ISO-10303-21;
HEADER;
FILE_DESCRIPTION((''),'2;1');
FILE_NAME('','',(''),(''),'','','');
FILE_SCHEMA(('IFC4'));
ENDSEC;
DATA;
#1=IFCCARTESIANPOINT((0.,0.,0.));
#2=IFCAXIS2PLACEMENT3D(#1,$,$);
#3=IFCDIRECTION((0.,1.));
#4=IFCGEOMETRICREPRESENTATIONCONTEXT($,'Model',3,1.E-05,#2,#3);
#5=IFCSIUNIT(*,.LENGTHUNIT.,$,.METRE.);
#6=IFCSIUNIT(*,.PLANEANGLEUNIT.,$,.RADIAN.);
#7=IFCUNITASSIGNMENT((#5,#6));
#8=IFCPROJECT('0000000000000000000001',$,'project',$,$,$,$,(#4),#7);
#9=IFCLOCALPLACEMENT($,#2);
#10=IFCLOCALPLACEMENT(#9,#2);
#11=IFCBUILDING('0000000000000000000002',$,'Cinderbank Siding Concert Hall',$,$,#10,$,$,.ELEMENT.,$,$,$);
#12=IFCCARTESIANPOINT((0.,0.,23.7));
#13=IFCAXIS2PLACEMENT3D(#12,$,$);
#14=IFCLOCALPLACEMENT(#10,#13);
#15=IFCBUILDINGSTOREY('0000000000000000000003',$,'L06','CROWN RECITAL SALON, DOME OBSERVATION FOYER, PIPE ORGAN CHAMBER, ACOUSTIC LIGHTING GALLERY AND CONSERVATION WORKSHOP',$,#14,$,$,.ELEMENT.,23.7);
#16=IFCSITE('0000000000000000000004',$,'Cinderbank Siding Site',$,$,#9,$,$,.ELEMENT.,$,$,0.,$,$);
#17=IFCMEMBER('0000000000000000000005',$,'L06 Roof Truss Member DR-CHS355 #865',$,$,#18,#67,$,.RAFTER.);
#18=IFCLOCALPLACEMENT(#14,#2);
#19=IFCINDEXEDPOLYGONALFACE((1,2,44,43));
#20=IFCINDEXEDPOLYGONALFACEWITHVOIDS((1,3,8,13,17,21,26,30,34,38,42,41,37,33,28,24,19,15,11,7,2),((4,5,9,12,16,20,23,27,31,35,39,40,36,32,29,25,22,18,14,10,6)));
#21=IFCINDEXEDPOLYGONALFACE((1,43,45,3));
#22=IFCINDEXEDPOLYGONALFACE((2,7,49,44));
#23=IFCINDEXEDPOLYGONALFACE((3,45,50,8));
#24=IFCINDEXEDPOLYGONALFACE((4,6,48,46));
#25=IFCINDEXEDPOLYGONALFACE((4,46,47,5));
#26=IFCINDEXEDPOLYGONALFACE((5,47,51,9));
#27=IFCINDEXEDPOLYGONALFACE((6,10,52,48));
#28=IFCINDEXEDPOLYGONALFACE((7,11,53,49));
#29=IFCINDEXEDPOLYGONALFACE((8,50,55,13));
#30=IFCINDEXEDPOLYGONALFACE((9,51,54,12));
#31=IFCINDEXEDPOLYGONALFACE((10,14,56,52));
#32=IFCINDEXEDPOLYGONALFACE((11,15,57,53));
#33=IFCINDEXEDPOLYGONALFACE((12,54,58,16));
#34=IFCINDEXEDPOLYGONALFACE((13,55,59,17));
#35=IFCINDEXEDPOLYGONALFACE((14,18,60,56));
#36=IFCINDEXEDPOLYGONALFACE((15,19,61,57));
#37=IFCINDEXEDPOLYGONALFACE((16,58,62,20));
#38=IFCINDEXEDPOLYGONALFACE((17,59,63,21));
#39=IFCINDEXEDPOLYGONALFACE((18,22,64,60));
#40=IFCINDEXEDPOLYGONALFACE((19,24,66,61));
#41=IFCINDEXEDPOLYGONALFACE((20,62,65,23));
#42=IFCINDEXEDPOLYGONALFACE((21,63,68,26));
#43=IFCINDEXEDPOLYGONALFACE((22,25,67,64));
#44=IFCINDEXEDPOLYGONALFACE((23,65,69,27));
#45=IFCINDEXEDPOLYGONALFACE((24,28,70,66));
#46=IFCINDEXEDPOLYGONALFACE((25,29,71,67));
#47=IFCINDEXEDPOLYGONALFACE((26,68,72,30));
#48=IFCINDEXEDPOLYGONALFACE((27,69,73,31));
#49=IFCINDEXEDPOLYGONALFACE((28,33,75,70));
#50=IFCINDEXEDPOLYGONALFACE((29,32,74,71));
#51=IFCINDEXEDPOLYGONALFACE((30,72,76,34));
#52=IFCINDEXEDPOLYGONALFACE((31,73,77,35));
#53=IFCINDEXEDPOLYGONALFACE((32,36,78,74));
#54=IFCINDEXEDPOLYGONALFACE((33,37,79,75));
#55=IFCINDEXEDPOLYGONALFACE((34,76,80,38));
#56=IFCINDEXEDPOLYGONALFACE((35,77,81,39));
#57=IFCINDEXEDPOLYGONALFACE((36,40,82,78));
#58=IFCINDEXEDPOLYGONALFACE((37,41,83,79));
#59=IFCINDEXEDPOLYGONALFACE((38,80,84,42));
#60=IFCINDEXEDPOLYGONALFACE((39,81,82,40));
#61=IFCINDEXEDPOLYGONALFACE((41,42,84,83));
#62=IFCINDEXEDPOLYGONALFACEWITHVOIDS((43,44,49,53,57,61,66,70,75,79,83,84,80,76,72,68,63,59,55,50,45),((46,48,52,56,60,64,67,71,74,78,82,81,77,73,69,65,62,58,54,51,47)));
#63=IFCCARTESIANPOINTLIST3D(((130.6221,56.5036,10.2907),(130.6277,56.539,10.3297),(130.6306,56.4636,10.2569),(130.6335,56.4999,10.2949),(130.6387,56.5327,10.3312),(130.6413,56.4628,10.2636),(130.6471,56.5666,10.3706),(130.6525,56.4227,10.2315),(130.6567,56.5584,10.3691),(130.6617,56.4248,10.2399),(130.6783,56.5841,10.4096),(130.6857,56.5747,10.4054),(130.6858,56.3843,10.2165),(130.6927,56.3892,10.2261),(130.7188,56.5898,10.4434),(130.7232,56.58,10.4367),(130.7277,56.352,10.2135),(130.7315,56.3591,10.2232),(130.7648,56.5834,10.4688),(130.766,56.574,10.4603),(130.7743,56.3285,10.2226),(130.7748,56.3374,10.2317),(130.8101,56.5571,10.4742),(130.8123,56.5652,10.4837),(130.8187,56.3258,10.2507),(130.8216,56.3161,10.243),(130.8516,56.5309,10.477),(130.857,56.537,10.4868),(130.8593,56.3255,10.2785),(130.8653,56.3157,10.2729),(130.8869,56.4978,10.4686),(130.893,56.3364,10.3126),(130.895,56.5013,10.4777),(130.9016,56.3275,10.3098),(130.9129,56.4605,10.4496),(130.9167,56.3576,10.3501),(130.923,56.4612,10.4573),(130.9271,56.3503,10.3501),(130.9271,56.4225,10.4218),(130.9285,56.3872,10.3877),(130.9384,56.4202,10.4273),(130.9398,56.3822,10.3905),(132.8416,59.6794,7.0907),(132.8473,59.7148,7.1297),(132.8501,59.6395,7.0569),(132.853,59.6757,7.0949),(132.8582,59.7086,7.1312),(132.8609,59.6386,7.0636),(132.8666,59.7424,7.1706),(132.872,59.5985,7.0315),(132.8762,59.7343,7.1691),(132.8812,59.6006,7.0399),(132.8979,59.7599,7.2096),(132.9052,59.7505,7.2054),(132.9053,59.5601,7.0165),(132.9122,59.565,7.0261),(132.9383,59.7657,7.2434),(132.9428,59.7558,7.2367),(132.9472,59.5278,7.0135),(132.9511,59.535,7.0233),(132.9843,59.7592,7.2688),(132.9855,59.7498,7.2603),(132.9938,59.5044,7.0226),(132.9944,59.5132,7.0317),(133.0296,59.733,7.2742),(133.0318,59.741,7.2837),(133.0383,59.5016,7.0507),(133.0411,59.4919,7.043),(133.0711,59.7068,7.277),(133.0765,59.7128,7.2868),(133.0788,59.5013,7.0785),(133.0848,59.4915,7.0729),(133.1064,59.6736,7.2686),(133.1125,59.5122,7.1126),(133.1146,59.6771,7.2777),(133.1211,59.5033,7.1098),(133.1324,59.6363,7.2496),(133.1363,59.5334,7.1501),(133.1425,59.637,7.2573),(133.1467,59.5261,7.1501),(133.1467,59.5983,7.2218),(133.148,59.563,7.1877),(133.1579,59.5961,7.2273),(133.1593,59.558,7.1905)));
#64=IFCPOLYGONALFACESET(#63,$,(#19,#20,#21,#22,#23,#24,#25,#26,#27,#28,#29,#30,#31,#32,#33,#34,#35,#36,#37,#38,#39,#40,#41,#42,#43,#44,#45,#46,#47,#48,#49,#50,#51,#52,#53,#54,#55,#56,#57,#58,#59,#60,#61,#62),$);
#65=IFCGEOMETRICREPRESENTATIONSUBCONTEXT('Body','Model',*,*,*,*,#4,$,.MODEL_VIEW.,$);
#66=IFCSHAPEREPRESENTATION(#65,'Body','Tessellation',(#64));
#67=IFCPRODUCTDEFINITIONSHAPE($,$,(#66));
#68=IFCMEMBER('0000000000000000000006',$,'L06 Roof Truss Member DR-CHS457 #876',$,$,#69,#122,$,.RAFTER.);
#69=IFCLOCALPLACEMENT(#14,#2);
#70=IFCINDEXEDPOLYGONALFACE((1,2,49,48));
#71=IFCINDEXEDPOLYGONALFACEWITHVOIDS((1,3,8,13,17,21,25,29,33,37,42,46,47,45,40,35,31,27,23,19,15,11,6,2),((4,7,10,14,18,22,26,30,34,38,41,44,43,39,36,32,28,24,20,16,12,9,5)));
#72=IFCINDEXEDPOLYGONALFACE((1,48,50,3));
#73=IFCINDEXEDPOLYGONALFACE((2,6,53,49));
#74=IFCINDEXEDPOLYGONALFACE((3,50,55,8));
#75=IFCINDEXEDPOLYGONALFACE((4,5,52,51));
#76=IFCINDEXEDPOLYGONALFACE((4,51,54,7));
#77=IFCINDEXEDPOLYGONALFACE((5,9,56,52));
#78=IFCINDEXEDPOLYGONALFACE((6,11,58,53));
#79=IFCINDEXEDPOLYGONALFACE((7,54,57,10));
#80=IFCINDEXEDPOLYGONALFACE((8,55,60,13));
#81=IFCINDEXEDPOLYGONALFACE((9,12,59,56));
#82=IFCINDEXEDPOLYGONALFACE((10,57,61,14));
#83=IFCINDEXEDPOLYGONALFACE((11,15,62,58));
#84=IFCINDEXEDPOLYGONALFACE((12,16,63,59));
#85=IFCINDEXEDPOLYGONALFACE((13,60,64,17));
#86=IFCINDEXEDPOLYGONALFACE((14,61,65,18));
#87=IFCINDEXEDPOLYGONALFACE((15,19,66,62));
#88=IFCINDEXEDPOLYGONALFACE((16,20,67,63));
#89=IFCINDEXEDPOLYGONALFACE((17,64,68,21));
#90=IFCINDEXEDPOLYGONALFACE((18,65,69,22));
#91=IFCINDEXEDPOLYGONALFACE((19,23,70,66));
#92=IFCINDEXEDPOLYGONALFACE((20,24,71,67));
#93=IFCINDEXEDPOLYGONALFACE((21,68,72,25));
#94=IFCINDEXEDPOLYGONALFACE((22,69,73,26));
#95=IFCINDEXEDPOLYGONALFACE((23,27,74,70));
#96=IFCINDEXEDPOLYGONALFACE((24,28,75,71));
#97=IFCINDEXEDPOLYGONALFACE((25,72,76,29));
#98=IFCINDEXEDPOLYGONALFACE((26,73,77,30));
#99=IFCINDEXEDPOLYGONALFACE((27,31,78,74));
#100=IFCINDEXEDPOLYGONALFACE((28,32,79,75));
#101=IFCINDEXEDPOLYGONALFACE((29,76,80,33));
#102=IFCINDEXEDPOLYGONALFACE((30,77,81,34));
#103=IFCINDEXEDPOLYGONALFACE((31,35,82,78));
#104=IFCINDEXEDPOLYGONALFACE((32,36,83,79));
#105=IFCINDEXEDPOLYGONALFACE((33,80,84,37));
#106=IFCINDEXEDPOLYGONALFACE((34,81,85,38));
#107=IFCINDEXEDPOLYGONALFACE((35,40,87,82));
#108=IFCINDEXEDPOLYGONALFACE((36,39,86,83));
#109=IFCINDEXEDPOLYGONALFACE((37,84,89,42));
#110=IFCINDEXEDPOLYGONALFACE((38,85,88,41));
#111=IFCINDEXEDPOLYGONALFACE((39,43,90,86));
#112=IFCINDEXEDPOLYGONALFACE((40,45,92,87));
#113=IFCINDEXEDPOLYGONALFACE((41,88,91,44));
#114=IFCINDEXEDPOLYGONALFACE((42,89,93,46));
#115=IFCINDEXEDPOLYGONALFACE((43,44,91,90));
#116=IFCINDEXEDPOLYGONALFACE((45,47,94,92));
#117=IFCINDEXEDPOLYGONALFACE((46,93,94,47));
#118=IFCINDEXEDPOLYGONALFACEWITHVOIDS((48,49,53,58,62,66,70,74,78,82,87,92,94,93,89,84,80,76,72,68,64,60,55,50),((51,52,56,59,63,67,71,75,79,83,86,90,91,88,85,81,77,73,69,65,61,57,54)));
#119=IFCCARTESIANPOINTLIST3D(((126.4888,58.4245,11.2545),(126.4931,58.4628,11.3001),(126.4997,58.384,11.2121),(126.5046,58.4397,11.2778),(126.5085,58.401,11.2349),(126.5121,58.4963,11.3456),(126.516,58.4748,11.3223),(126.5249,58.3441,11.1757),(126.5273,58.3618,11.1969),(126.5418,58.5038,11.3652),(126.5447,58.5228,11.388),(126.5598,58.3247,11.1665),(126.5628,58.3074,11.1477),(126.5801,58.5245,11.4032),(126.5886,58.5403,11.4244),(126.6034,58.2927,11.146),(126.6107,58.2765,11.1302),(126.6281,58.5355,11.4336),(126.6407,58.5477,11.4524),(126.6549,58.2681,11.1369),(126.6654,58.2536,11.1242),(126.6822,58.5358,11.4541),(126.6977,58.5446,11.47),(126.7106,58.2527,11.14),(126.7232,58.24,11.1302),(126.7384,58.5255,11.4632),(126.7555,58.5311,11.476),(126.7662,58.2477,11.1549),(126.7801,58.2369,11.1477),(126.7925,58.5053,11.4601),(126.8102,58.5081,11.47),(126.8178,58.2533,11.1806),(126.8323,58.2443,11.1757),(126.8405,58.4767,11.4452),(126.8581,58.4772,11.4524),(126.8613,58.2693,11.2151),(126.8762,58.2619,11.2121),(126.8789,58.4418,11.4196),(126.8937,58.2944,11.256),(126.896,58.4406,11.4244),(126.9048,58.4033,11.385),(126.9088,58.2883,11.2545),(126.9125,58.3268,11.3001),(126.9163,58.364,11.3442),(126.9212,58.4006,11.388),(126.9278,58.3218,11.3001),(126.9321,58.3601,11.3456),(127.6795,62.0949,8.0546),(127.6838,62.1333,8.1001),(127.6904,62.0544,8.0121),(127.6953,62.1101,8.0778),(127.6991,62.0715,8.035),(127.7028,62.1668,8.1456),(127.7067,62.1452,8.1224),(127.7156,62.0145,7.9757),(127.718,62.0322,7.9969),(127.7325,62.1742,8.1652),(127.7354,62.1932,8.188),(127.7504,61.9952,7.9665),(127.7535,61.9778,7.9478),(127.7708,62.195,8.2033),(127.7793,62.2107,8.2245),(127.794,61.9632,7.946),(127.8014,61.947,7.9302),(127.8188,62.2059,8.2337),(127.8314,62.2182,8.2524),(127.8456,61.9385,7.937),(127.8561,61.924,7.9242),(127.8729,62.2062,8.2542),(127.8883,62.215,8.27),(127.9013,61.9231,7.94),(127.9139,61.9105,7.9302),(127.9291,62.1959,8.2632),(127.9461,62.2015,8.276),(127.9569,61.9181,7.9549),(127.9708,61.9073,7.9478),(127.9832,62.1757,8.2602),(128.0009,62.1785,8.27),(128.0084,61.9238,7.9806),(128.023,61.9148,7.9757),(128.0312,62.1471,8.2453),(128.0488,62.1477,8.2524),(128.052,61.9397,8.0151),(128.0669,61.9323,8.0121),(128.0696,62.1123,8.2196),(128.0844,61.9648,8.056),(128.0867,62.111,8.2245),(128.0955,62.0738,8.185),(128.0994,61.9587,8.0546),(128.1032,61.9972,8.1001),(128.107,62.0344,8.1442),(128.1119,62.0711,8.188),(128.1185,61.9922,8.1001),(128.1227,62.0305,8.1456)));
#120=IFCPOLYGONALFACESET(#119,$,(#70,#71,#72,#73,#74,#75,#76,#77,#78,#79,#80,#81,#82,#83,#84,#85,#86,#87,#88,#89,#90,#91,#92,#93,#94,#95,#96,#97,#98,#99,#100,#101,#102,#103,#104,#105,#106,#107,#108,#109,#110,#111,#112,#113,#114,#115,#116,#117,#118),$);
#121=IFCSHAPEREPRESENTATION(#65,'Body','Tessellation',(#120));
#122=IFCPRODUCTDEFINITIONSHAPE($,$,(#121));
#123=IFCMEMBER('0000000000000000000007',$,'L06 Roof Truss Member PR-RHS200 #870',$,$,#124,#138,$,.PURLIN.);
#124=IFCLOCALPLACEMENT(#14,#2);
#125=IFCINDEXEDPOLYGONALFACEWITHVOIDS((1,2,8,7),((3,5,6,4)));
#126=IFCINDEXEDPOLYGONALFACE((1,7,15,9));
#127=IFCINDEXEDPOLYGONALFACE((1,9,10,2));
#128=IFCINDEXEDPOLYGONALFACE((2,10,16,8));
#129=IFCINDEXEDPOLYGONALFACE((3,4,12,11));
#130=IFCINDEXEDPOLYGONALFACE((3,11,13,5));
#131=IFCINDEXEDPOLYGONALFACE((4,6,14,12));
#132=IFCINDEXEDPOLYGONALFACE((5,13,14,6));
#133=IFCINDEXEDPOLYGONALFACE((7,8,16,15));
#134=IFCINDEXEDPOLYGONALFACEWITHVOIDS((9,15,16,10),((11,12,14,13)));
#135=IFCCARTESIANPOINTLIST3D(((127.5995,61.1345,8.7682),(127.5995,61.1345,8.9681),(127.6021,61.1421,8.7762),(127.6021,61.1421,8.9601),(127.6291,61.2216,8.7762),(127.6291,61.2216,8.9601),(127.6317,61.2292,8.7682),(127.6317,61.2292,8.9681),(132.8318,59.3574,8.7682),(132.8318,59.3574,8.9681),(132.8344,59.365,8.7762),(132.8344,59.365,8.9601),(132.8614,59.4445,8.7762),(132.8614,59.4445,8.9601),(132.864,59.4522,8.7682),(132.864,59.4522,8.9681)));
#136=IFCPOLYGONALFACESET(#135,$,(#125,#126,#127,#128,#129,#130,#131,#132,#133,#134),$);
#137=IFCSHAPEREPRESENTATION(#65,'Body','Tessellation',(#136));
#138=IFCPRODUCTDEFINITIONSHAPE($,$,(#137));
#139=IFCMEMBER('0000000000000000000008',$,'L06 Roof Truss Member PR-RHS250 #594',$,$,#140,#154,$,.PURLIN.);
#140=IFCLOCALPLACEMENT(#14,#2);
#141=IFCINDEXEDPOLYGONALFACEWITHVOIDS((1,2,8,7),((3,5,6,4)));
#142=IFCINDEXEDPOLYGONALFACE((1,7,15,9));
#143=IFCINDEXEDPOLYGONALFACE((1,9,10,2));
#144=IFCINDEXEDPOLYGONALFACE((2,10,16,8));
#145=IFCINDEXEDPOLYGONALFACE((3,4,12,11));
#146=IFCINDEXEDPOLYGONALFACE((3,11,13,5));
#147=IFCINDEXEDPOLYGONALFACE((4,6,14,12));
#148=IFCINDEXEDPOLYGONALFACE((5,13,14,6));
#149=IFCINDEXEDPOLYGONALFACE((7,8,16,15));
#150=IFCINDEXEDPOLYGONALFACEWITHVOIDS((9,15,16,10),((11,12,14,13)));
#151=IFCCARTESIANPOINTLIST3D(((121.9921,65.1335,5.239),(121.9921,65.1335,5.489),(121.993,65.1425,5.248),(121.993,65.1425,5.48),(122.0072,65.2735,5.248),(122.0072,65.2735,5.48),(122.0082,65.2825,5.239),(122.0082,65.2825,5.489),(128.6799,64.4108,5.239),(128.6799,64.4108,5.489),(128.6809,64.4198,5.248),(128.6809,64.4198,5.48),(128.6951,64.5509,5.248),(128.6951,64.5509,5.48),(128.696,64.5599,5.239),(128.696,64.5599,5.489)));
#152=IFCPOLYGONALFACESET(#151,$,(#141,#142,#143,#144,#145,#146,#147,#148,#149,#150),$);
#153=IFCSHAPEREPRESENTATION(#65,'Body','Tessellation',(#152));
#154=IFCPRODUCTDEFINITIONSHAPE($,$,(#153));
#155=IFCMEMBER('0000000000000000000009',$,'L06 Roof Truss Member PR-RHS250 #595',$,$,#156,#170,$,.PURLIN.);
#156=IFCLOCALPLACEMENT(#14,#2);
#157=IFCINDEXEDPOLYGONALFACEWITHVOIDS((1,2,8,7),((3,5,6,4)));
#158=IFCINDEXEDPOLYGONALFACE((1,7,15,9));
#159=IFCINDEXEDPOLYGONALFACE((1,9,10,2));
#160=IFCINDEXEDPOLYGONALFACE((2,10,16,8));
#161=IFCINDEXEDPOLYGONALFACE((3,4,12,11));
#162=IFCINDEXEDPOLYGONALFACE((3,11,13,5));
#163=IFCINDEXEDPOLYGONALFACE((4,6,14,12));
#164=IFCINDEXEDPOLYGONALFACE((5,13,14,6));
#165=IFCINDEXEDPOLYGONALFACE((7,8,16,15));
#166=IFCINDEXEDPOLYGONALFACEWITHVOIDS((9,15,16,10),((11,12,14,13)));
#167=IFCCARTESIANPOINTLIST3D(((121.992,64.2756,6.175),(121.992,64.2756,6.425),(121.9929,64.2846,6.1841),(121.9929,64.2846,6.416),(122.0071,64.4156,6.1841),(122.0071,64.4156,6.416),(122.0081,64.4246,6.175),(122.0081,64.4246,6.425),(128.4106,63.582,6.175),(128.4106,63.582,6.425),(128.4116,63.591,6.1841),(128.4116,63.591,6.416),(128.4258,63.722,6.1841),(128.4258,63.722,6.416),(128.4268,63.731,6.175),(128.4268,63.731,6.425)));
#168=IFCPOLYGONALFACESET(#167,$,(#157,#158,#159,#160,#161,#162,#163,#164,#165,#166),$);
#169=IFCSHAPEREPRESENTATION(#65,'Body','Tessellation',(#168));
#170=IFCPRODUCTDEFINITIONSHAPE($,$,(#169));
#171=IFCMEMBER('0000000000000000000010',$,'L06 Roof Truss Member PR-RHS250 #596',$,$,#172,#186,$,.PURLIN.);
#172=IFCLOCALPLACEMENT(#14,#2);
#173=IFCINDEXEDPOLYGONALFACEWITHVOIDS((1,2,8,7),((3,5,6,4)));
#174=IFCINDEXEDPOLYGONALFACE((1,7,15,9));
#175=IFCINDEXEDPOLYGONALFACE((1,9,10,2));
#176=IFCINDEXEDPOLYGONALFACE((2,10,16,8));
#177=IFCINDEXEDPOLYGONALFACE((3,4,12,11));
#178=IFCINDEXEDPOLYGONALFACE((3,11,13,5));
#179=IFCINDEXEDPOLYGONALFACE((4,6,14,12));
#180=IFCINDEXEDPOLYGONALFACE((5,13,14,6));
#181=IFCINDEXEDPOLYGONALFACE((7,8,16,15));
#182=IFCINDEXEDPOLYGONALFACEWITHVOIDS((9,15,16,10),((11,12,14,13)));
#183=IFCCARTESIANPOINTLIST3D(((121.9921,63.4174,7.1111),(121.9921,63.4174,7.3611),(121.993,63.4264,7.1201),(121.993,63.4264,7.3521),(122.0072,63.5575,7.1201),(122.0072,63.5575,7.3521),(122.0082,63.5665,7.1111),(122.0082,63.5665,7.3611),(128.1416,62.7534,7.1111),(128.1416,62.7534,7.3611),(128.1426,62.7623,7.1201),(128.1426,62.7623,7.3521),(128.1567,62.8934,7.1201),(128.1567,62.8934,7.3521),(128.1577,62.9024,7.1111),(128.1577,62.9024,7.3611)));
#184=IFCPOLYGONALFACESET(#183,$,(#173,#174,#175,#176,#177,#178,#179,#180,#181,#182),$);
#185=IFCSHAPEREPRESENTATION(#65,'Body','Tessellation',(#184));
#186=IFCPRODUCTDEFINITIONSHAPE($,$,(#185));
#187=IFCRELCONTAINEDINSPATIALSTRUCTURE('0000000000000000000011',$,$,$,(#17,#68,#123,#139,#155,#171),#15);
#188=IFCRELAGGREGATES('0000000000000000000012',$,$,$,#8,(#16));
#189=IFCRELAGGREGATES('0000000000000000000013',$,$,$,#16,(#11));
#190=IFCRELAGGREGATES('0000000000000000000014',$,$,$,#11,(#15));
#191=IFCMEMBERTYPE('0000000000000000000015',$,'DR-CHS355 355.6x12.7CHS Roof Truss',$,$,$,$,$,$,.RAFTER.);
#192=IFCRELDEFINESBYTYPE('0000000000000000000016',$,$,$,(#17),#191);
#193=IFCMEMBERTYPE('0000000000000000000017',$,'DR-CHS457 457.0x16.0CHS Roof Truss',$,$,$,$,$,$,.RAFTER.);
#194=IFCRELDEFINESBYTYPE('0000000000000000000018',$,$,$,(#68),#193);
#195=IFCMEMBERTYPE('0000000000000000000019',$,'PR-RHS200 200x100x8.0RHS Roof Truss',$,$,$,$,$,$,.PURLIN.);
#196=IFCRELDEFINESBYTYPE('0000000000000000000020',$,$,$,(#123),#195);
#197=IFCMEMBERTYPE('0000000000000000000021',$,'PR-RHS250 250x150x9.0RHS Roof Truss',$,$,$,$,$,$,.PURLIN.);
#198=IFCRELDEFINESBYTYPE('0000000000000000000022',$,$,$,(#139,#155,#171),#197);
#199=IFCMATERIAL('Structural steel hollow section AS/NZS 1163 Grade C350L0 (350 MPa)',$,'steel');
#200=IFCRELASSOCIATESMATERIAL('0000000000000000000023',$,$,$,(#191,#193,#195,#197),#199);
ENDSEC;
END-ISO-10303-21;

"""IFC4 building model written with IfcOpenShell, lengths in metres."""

from ifc_helpers import new_model, si_unit, direction, frame, origin, origin_2d, place, context, subcontext, project, spatial, hollow_rectangle, hollow_circle, extrude, material, material_profile, profile_set, type_object, element, save


model = new_model("IFC4")

# Units and contexts
model_context = context("Model", 3, precision=1e-05, world=origin(), true_north=direction((0.0, 1.0)))
body_context = subcontext(model_context, "Body", "Model", "MODEL_VIEW")
ifc_project = project(units=[si_unit("LENGTHUNIT", "METRE"), si_unit("PLANEANGLEUNIT", "RADIAN")], contexts=[model_context])

# Site, building, storey
site_placement = place(None, origin())
site = spatial("IfcSite", under=ifc_project, at=site_placement, Name="Cinderbank Siding Site", CompositionType="ELEMENT", RefElevation=0.0)
building_placement = place(site_placement, origin())
building = spatial("IfcBuilding", under=site, at=building_placement, Name="Cinderbank Siding Concert Hall", CompositionType="ELEMENT")
storey_placement = place(building_placement, frame((0.0, 0.0, 23.7)))
storey = spatial("IfcBuildingStorey", under=building, at=storey_placement, Name="L06", Description="CROWN RECITAL SALON, DOME OBSERVATION FOYER, PIPE ORGAN CHAMBER, ACOUSTIC LIGHTING GALLERY AND CONSERVATION WORKSHOP", CompositionType="ELEMENT", Elevation=23.7)

# Members
ifc_material_1 = material(Name="Structural steel hollow section AS/NZS 1163 Grade C350L0 (350 MPa)", Category="steel")
ifc_material_profile_1 = material_profile(ifc_material_1, hollow_circle(Radius=0.1777, WallThickness=0.0127, at=origin_2d()), Name="355.6x12.7CHS", Category="LoadBearing")
ifc_profile_set_1 = profile_set([ifc_material_profile_1], Name="Structural steel hollow section AS/NZS 1163 Grade C350L0 (350 MPa)")
member_type_1 = type_object("IfcMemberType", Name="DR-CHS355 355.6x12.7CHS Roof Truss", PredefinedType="RAFTER", material=ifc_profile_set_1)
member_1_placement = place(storey_placement, frame((133.001, 59.6279, 7.1501), z_axis=(-0.441681, -0.631987, 0.636797), x_axis=(0.819664, -0.572845, 0.0)))
element("IfcMember", 1, at=member_1_placement, inside=storey, type_object=member_type_1, Name="L06 Roof Truss Member DR-CHS355 #865", PredefinedType="RAFTER", context=body_context, shape_type="SweptSolid", body=[
    extrude(hollow_circle(Radius=0.1777, WallThickness=0.0127, at=origin_2d()), origin(), (0.0, 0.0, 1.0), 5.0251),
])
ifc_material_profile_2 = material_profile(ifc_material_1, hollow_circle(Radius=0.2285, WallThickness=0.0161, at=origin_2d()), Name="457.0x16.0CHS", Category="LoadBearing")
ifc_profile_set_2 = profile_set([ifc_material_profile_2], Name="Structural steel hollow section AS/NZS 1163 Grade C350L0 (350 MPa)")
member_type_2 = type_object("IfcMemberType", Name="DR-CHS457 457.0x16.0CHS Roof Truss", PredefinedType="RAFTER", material=ifc_profile_set_2)
member_2_placement = place(storey_placement, frame((127.9011, 62.0627, 8.1001), z_axis=(-0.237521, -0.732191, 0.638342), x_axis=(0.951202, -0.308568, 0.0)))
element("IfcMember", 2, at=member_2_placement, inside=storey, type_object=member_type_2, Name="L06 Roof Truss Member DR-CHS457 #876", PredefinedType="RAFTER", context=body_context, shape_type="SweptSolid", body=[
    extrude(hollow_circle(Radius=0.2285, WallThickness=0.0161, at=origin_2d()), origin(), (0.0, 0.0, 1.0), 5.0129),
])
ifc_material_profile_3 = material_profile(ifc_material_1, hollow_rectangle(XDim=0.1001, YDim=0.2, WallThickness=0.0081, at=origin_2d()), Name="200x100x8.0RHS", Category="LoadBearing")
ifc_profile_set_3 = profile_set([ifc_material_profile_3], Name="Structural steel hollow section AS/NZS 1163 Grade C350L0 (350 MPa)")
member_type_3 = type_object("IfcMemberType", Name="PR-RHS200 200x100x8.0RHS Roof Truss", PredefinedType="PURLIN", material=ifc_profile_set_3)
member_3_placement = place(storey_placement, frame((132.8479, 59.4048, 8.8682), z_axis=(-0.946879, 0.321591, 0.0), x_axis=(-0.321591, -0.946879, 0.0)))
element("IfcMember", 3, at=member_3_placement, inside=storey, type_object=member_type_3, Name="L06 Roof Truss Member PR-RHS200 #870", PredefinedType="PURLIN", context=body_context, shape_type="SweptSolid", body=[
    extrude(hollow_rectangle(XDim=0.1001, YDim=0.2, WallThickness=0.0081, at=origin_2d()), origin(), (0.0, 0.0, 1.0), 5.5259),
])
ifc_material_profile_4 = material_profile(ifc_material_1, hollow_rectangle(XDim=0.1499, YDim=0.25, WallThickness=0.009, at=origin_2d()), Name="250x150x9.0RHS", Category="LoadBearing")
ifc_profile_set_4 = profile_set([ifc_material_profile_4], Name="Structural steel hollow section AS/NZS 1163 Grade C350L0 (350 MPa)")
member_type_4 = type_object("IfcMemberType", Name="PR-RHS250 250x150x9.0RHS Roof Truss", PredefinedType="PURLIN", material=ifc_profile_set_4)
member_4_placement = place(storey_placement, frame((128.688, 64.4854, 5.364), z_axis=(-0.994213, 0.107428, 0.0), x_axis=(-0.107428, -0.994213, 0.0)))
element("IfcMember", 4, at=member_4_placement, inside=storey, type_object=member_type_4, Name="L06 Roof Truss Member PR-RHS250 #594", PredefinedType="PURLIN", context=body_context, shape_type="SweptSolid", body=[
    extrude(hollow_rectangle(XDim=0.1499, YDim=0.25, WallThickness=0.009, at=origin_2d()), origin(), (0.0, 0.0, 1.0), 6.7268),
])
member_5_placement = place(storey_placement, frame((128.4187, 63.6565, 6.3), z_axis=(-0.994212, 0.107434, 0.0), x_axis=(-0.107434, -0.994212, 0.0)))
element("IfcMember", 5, at=member_5_placement, inside=storey, type_object=member_type_4, Name="L06 Roof Truss Member PR-RHS250 #595", PredefinedType="PURLIN", context=body_context, shape_type="SweptSolid", body=[
    extrude(hollow_rectangle(XDim=0.1499, YDim=0.25, WallThickness=0.009, at=origin_2d()), origin(), (0.0, 0.0, 1.0), 6.4561),
])
member_6_placement = place(storey_placement, frame((128.1497, 62.8279, 7.2361), z_axis=(-0.99422, 0.10736, 0.0), x_axis=(-0.10736, -0.99422, 0.0)))
element("IfcMember", 6, at=member_6_placement, inside=storey, type_object=member_type_4, Name="L06 Roof Truss Member PR-RHS250 #596", PredefinedType="PURLIN", context=body_context, shape_type="SweptSolid", body=[
    extrude(hollow_rectangle(XDim=0.1499, YDim=0.25, WallThickness=0.009, at=origin_2d()), origin(), (0.0, 0.0, 1.0), 6.1853),
])

save(model, "model.ifc")
